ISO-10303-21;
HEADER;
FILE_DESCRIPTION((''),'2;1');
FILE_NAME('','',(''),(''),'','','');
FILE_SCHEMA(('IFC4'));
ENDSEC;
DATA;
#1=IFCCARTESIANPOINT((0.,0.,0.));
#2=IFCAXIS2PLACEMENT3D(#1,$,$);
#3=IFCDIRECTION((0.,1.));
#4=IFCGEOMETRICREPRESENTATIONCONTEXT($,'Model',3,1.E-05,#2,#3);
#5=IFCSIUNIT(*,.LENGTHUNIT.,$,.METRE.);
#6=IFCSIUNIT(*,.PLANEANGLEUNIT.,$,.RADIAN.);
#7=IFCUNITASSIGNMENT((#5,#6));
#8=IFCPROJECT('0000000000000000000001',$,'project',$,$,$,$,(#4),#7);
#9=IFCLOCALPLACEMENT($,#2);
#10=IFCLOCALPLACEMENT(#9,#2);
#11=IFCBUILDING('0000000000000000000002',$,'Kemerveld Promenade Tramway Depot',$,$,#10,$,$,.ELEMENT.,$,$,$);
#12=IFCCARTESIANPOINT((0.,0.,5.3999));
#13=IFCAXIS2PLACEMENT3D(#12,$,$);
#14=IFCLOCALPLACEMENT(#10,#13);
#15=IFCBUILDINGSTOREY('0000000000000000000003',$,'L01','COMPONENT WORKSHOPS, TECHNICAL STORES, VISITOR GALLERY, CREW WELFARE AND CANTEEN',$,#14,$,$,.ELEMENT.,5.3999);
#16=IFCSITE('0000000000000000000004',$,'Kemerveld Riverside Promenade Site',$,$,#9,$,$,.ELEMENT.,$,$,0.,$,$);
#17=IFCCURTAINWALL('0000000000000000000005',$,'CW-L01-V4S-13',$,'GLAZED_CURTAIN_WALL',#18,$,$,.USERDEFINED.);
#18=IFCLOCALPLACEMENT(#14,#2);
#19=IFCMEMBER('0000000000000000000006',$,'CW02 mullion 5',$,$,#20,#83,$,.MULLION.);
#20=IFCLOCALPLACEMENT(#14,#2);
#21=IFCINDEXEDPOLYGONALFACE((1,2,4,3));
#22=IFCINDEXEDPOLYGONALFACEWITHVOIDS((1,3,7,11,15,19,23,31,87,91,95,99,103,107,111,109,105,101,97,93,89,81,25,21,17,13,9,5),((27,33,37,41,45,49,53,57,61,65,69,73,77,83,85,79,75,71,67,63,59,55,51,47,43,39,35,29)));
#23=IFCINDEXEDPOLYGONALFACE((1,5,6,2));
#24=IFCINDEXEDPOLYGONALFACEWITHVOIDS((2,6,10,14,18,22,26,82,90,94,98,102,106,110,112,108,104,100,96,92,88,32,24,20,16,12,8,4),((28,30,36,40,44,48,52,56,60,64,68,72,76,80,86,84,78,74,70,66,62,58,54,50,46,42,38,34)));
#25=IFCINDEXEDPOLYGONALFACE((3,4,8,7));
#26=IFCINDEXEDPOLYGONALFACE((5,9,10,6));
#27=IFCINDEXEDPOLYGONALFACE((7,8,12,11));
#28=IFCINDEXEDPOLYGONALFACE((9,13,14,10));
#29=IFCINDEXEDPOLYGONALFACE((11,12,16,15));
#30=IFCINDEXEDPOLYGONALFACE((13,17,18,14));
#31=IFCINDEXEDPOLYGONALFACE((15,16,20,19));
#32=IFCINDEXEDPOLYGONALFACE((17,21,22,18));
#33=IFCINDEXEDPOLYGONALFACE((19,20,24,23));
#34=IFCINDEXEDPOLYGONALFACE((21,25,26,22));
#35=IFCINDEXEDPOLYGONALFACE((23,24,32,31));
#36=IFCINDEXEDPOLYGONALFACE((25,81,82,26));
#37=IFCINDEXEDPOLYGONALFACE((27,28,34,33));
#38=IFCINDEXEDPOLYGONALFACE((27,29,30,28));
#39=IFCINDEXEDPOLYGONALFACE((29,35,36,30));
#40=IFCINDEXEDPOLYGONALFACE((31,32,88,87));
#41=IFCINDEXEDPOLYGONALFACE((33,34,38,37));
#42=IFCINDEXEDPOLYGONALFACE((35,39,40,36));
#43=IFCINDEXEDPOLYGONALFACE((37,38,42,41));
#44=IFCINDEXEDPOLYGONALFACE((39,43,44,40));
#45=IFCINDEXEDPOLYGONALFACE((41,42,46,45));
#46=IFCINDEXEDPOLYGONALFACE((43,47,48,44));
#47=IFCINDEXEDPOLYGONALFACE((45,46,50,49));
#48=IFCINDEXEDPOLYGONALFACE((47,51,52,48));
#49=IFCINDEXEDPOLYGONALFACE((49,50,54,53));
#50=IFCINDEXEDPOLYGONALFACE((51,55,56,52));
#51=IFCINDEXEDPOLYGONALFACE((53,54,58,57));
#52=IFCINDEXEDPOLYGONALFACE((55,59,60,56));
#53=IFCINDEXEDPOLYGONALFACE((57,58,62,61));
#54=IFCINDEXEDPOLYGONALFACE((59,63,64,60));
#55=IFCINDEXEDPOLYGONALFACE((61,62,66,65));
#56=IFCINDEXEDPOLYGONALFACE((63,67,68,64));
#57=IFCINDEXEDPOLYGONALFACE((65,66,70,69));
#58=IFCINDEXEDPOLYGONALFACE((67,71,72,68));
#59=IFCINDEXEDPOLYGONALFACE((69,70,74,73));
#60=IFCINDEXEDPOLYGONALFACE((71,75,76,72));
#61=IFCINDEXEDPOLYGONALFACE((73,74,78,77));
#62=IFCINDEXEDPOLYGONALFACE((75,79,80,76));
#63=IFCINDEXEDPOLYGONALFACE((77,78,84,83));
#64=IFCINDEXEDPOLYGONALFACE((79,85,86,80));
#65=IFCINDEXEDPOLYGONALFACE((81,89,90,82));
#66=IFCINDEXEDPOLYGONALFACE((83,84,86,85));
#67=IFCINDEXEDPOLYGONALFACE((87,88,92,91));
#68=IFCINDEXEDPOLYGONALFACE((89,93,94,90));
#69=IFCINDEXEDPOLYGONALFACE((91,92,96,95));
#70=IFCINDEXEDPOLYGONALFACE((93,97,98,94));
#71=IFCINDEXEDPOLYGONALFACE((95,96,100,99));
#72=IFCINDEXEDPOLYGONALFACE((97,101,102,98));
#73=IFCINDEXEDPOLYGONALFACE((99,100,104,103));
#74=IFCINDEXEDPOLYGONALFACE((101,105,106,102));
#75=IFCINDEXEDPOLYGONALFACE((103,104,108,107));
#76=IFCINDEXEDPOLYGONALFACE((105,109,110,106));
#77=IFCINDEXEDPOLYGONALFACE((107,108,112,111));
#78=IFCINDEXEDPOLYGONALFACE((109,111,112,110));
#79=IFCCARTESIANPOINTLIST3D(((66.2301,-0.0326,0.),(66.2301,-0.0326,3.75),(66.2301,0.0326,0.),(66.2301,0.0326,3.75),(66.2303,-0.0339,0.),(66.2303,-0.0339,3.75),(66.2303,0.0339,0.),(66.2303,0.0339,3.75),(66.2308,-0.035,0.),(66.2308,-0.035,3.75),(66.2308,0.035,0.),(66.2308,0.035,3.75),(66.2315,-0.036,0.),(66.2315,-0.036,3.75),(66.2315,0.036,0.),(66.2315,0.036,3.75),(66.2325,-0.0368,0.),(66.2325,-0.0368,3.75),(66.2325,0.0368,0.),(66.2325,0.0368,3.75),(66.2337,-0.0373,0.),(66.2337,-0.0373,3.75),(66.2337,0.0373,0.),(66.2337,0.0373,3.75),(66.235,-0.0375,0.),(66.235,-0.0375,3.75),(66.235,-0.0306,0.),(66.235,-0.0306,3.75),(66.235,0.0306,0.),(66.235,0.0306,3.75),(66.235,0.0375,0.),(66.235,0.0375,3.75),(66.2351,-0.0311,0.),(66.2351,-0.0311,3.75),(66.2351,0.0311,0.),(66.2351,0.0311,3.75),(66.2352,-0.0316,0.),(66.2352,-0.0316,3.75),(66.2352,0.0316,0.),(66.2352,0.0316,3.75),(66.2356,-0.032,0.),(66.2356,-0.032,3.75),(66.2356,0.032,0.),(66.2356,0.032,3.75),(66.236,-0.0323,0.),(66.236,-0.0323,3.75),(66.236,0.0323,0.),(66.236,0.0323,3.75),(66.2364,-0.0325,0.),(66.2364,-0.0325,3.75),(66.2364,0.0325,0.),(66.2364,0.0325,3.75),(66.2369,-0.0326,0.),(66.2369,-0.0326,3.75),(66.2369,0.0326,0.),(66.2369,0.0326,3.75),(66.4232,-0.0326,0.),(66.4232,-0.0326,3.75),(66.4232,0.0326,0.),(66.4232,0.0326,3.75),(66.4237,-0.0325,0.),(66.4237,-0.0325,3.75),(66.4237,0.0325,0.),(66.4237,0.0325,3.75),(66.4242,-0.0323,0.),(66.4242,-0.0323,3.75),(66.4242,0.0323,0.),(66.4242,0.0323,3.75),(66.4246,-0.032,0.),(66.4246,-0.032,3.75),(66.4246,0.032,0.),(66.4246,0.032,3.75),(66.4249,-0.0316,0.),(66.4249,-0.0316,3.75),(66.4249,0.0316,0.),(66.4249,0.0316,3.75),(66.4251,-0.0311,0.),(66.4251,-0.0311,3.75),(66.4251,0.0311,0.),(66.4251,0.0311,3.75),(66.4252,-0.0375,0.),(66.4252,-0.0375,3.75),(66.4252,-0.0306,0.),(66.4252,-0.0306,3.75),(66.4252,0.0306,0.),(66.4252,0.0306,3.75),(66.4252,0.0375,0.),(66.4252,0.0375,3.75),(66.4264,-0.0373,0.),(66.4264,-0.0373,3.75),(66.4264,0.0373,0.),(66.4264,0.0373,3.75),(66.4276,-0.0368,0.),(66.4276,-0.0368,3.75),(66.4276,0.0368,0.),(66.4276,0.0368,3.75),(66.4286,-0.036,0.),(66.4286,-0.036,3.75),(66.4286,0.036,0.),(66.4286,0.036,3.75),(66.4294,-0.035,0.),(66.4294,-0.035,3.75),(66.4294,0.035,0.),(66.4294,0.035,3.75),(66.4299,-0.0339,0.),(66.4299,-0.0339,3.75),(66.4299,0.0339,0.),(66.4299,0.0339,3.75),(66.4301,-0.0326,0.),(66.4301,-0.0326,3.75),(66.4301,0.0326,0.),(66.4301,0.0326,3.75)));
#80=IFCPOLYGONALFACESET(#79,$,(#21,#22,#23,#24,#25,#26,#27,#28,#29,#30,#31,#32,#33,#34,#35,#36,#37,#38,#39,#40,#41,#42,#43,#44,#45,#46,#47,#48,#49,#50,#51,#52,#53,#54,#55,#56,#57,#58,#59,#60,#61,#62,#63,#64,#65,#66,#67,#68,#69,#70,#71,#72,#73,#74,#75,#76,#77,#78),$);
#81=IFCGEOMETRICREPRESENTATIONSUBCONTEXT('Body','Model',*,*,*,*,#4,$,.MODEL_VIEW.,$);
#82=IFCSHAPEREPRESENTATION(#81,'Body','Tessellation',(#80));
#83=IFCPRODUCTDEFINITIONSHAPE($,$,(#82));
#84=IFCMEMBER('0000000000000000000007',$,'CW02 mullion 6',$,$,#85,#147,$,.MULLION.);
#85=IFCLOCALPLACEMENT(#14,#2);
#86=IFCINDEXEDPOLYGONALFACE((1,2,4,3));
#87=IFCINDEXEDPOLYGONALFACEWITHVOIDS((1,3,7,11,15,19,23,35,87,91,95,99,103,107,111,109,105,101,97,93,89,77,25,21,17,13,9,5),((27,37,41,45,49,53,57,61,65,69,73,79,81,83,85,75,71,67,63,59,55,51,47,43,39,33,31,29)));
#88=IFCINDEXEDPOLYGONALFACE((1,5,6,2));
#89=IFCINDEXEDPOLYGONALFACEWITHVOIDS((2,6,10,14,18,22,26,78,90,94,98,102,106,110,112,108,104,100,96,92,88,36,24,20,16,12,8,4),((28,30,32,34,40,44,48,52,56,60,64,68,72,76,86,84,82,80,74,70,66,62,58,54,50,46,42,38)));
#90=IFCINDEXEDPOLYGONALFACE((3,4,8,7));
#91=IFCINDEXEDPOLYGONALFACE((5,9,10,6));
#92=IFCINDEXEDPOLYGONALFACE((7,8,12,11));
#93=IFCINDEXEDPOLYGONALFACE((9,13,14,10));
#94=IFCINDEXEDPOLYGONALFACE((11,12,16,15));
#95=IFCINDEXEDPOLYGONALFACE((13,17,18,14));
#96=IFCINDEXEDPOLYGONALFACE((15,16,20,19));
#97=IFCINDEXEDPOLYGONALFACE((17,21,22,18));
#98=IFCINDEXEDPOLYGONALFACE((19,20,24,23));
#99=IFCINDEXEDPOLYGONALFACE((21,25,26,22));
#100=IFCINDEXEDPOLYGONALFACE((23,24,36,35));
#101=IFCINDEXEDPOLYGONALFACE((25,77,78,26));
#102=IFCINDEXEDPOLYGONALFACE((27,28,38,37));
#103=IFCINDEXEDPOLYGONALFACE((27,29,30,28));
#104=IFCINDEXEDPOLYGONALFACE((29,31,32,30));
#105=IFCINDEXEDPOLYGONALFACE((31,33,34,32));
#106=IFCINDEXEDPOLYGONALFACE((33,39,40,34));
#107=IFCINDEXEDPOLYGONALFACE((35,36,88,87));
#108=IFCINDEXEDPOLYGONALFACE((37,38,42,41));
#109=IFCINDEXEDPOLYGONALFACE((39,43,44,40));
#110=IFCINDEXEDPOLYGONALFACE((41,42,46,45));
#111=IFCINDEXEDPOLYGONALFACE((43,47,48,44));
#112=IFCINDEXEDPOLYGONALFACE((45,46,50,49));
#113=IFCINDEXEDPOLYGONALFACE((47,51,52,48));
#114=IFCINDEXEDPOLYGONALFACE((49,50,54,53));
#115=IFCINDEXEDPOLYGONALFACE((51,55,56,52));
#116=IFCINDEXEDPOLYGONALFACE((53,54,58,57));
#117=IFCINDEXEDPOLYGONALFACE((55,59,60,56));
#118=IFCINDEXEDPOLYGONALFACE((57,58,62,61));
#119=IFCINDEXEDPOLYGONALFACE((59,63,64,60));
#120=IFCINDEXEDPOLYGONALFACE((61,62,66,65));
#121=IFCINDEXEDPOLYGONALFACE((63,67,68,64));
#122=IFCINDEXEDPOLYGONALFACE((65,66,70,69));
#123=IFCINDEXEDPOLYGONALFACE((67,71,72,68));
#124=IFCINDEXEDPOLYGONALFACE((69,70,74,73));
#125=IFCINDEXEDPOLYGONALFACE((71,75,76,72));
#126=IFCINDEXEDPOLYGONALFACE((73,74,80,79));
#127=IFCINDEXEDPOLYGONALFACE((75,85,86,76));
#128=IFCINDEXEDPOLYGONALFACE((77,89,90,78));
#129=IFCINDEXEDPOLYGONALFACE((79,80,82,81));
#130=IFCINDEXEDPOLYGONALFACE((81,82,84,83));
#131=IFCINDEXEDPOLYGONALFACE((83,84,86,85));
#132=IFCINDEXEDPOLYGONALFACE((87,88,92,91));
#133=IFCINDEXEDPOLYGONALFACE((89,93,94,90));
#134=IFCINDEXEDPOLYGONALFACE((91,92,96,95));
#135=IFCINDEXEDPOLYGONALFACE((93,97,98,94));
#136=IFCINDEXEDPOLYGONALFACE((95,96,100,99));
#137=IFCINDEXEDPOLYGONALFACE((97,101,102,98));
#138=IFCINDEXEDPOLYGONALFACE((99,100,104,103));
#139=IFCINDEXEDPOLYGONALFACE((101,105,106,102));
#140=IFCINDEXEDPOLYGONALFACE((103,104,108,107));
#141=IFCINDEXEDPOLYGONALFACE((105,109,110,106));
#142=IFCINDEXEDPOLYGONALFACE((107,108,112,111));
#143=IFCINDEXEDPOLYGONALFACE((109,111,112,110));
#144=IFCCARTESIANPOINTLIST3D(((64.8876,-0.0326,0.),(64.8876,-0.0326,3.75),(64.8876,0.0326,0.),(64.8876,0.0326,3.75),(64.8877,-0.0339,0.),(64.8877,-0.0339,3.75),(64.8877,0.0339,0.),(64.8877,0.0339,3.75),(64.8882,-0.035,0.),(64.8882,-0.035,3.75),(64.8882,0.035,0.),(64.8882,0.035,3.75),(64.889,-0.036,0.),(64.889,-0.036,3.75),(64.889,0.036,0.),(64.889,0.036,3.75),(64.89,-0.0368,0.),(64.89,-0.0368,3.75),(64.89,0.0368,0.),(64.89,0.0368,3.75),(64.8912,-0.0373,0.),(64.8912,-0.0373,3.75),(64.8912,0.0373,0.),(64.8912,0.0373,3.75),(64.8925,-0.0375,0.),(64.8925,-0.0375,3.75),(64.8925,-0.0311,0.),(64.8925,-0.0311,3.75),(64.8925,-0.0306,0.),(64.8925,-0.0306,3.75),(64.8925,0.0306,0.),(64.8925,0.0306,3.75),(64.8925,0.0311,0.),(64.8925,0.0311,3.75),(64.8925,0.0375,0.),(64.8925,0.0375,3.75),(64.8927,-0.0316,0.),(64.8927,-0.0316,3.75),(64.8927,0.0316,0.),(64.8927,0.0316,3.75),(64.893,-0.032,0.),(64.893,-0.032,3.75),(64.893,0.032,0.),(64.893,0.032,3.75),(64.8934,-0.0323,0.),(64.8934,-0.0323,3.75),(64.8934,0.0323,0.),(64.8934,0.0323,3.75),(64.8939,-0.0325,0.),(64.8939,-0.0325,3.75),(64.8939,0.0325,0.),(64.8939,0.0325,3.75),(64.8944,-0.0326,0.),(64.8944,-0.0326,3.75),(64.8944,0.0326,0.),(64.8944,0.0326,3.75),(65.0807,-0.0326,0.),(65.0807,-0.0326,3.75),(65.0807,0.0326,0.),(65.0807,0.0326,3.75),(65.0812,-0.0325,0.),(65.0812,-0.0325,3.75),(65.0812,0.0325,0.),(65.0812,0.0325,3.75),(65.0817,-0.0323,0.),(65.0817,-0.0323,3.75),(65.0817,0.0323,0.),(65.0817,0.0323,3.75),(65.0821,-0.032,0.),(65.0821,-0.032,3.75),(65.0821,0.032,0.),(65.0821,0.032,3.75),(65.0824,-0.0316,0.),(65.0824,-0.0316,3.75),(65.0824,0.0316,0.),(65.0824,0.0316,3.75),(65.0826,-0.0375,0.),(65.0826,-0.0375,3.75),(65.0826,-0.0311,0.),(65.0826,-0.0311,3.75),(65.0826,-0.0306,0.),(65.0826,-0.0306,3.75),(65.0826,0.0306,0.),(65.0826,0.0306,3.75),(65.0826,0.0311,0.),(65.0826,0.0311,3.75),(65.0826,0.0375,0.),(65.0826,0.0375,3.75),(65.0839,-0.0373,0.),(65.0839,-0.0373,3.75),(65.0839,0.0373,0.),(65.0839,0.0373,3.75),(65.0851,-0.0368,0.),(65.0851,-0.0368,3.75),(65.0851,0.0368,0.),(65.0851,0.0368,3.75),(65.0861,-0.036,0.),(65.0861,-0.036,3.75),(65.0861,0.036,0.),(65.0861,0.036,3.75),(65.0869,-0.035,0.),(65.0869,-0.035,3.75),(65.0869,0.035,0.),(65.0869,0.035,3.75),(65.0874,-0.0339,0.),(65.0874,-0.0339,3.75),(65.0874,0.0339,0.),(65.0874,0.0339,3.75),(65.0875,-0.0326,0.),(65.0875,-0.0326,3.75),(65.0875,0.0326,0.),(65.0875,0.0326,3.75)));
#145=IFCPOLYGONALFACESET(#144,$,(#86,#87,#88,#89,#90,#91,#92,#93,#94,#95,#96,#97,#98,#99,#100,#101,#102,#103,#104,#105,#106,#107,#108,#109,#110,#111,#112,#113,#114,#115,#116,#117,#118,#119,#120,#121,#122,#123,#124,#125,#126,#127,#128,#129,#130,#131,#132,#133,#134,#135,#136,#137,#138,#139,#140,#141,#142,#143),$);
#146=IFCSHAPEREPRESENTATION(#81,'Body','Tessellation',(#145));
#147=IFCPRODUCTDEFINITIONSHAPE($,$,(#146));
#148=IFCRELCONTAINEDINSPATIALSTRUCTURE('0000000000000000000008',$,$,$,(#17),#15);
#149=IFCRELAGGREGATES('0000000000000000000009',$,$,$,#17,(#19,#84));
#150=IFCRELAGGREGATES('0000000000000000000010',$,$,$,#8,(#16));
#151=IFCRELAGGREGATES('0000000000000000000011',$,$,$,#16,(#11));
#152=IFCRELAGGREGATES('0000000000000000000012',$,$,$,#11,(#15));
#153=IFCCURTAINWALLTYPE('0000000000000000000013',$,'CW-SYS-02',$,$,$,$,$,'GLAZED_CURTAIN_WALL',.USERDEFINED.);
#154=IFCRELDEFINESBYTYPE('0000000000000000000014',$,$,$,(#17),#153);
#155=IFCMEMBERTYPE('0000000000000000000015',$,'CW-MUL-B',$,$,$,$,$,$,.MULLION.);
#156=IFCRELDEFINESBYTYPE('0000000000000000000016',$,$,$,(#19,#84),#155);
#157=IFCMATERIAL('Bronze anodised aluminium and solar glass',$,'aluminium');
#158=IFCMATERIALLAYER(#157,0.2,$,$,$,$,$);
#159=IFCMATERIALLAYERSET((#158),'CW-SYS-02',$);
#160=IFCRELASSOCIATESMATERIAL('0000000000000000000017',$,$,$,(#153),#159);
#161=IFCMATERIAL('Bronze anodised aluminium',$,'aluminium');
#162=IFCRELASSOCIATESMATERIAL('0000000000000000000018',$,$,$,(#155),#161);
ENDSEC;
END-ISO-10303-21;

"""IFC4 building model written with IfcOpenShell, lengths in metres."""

from ifc_helpers import new_model, si_unit, direction, frame, origin, origin_2d, place, context, subcontext, project, spatial, hollow_rectangle, extrude, material, layer, layer_set, material_profile, profile_set, type_object, element, aggregate, save


model = new_model("IFC4")

# Units and contexts
model_context = context("Model", 3, precision=1e-05, world=origin(), true_north=direction((0.0, 1.0)))
body_context = subcontext(model_context, "Body", "Model", "MODEL_VIEW")
ifc_project = project(units=[si_unit("LENGTHUNIT", "METRE"), si_unit("PLANEANGLEUNIT", "RADIAN")], contexts=[model_context])

# Site, building, storey
site_placement = place(None, origin())
site = spatial("IfcSite", under=ifc_project, at=site_placement, Name="Kemerveld Riverside Promenade Site", CompositionType="ELEMENT", RefElevation=0.0)
building_placement = place(site_placement, origin())
building = spatial("IfcBuilding", under=site, at=building_placement, Name="Kemerveld Promenade Tramway Depot", CompositionType="ELEMENT")
storey_placement = place(building_placement, frame((0.0, 0.0, 5.3999)))
storey = spatial("IfcBuildingStorey", under=building, at=storey_placement, Name="L01", Description="COMPONENT WORKSHOPS, TECHNICAL STORES, VISITOR GALLERY, CREW WELFARE AND CANTEEN", CompositionType="ELEMENT", Elevation=5.3999)

# Curtain wall, members
ifc_material_1 = material(Name="Bronze anodised aluminium and solar glass", Category="aluminium")
ifc_layer_1 = layer(ifc_material_1, 0.2)
ifc_layer_set_1 = layer_set([ifc_layer_1], Name="CW-SYS-02")
curtain_wall_type = type_object("IfcCurtainWallType", Name="CW-SYS-02", ElementType="GLAZED_CURTAIN_WALL", PredefinedType="USERDEFINED", material=ifc_layer_set_1)
curtain_wall_placement = place(storey_placement, origin())
curtain_wall = element("IfcCurtainWall", 1, at=curtain_wall_placement, inside=storey, type_object=curtain_wall_type, Name="CW-L01-V4S-13", ObjectType="GLAZED_CURTAIN_WALL", PredefinedType="USERDEFINED")
ifc_material_2 = material(Name="Bronze anodised aluminium", Category="aluminium")
ifc_material_profile_1 = material_profile(ifc_material_2, hollow_rectangle(XDim=0.075, YDim=0.2, WallThickness=0.0049, InnerFilletRadius=0.002, OuterFilletRadius=0.0049, at=origin_2d()), Name="CW-MUL-200x75")
ifc_profile_set_1 = profile_set([ifc_material_profile_1], Name="Bronze anodised aluminium")
member_type_1 = type_object("IfcMemberType", Name="CW-MUL-B", PredefinedType="MULLION", material=ifc_profile_set_1)
member_1_placement = place(storey_placement, frame((66.3301, 0.0, 0.0), z_axis=(0.0, 0.0, 1.0), x_axis=(0.0, -1.0, 0.0)))
member_1 = element("IfcMember", 2, at=member_1_placement, type_object=member_type_1, Name="CW02 mullion 5", PredefinedType="MULLION", context=body_context, shape_type="SweptSolid", body=[
    extrude(hollow_rectangle(XDim=0.075, YDim=0.2, WallThickness=0.0049, InnerFilletRadius=0.002, OuterFilletRadius=0.0049, at=origin_2d()), origin(), (0.0, 0.0, 1.0), 3.75),
])
member_2_placement = place(storey_placement, frame((64.9875, 0.0, 0.0), z_axis=(0.0, 0.0, 1.0), x_axis=(0.0, -1.0, 0.0)))
member_2 = element("IfcMember", 3, at=member_2_placement, type_object=member_type_1, Name="CW02 mullion 6", PredefinedType="MULLION", context=body_context, shape_type="SweptSolid", body=[
    extrude(hollow_rectangle(XDim=0.075, YDim=0.2, WallThickness=0.0049, InnerFilletRadius=0.002, OuterFilletRadius=0.0049, at=origin_2d()), origin(), (0.0, 0.0, 1.0), 3.75),
])
aggregate(curtain_wall, [member_1, member_2])

save(model, "model.ifc")
